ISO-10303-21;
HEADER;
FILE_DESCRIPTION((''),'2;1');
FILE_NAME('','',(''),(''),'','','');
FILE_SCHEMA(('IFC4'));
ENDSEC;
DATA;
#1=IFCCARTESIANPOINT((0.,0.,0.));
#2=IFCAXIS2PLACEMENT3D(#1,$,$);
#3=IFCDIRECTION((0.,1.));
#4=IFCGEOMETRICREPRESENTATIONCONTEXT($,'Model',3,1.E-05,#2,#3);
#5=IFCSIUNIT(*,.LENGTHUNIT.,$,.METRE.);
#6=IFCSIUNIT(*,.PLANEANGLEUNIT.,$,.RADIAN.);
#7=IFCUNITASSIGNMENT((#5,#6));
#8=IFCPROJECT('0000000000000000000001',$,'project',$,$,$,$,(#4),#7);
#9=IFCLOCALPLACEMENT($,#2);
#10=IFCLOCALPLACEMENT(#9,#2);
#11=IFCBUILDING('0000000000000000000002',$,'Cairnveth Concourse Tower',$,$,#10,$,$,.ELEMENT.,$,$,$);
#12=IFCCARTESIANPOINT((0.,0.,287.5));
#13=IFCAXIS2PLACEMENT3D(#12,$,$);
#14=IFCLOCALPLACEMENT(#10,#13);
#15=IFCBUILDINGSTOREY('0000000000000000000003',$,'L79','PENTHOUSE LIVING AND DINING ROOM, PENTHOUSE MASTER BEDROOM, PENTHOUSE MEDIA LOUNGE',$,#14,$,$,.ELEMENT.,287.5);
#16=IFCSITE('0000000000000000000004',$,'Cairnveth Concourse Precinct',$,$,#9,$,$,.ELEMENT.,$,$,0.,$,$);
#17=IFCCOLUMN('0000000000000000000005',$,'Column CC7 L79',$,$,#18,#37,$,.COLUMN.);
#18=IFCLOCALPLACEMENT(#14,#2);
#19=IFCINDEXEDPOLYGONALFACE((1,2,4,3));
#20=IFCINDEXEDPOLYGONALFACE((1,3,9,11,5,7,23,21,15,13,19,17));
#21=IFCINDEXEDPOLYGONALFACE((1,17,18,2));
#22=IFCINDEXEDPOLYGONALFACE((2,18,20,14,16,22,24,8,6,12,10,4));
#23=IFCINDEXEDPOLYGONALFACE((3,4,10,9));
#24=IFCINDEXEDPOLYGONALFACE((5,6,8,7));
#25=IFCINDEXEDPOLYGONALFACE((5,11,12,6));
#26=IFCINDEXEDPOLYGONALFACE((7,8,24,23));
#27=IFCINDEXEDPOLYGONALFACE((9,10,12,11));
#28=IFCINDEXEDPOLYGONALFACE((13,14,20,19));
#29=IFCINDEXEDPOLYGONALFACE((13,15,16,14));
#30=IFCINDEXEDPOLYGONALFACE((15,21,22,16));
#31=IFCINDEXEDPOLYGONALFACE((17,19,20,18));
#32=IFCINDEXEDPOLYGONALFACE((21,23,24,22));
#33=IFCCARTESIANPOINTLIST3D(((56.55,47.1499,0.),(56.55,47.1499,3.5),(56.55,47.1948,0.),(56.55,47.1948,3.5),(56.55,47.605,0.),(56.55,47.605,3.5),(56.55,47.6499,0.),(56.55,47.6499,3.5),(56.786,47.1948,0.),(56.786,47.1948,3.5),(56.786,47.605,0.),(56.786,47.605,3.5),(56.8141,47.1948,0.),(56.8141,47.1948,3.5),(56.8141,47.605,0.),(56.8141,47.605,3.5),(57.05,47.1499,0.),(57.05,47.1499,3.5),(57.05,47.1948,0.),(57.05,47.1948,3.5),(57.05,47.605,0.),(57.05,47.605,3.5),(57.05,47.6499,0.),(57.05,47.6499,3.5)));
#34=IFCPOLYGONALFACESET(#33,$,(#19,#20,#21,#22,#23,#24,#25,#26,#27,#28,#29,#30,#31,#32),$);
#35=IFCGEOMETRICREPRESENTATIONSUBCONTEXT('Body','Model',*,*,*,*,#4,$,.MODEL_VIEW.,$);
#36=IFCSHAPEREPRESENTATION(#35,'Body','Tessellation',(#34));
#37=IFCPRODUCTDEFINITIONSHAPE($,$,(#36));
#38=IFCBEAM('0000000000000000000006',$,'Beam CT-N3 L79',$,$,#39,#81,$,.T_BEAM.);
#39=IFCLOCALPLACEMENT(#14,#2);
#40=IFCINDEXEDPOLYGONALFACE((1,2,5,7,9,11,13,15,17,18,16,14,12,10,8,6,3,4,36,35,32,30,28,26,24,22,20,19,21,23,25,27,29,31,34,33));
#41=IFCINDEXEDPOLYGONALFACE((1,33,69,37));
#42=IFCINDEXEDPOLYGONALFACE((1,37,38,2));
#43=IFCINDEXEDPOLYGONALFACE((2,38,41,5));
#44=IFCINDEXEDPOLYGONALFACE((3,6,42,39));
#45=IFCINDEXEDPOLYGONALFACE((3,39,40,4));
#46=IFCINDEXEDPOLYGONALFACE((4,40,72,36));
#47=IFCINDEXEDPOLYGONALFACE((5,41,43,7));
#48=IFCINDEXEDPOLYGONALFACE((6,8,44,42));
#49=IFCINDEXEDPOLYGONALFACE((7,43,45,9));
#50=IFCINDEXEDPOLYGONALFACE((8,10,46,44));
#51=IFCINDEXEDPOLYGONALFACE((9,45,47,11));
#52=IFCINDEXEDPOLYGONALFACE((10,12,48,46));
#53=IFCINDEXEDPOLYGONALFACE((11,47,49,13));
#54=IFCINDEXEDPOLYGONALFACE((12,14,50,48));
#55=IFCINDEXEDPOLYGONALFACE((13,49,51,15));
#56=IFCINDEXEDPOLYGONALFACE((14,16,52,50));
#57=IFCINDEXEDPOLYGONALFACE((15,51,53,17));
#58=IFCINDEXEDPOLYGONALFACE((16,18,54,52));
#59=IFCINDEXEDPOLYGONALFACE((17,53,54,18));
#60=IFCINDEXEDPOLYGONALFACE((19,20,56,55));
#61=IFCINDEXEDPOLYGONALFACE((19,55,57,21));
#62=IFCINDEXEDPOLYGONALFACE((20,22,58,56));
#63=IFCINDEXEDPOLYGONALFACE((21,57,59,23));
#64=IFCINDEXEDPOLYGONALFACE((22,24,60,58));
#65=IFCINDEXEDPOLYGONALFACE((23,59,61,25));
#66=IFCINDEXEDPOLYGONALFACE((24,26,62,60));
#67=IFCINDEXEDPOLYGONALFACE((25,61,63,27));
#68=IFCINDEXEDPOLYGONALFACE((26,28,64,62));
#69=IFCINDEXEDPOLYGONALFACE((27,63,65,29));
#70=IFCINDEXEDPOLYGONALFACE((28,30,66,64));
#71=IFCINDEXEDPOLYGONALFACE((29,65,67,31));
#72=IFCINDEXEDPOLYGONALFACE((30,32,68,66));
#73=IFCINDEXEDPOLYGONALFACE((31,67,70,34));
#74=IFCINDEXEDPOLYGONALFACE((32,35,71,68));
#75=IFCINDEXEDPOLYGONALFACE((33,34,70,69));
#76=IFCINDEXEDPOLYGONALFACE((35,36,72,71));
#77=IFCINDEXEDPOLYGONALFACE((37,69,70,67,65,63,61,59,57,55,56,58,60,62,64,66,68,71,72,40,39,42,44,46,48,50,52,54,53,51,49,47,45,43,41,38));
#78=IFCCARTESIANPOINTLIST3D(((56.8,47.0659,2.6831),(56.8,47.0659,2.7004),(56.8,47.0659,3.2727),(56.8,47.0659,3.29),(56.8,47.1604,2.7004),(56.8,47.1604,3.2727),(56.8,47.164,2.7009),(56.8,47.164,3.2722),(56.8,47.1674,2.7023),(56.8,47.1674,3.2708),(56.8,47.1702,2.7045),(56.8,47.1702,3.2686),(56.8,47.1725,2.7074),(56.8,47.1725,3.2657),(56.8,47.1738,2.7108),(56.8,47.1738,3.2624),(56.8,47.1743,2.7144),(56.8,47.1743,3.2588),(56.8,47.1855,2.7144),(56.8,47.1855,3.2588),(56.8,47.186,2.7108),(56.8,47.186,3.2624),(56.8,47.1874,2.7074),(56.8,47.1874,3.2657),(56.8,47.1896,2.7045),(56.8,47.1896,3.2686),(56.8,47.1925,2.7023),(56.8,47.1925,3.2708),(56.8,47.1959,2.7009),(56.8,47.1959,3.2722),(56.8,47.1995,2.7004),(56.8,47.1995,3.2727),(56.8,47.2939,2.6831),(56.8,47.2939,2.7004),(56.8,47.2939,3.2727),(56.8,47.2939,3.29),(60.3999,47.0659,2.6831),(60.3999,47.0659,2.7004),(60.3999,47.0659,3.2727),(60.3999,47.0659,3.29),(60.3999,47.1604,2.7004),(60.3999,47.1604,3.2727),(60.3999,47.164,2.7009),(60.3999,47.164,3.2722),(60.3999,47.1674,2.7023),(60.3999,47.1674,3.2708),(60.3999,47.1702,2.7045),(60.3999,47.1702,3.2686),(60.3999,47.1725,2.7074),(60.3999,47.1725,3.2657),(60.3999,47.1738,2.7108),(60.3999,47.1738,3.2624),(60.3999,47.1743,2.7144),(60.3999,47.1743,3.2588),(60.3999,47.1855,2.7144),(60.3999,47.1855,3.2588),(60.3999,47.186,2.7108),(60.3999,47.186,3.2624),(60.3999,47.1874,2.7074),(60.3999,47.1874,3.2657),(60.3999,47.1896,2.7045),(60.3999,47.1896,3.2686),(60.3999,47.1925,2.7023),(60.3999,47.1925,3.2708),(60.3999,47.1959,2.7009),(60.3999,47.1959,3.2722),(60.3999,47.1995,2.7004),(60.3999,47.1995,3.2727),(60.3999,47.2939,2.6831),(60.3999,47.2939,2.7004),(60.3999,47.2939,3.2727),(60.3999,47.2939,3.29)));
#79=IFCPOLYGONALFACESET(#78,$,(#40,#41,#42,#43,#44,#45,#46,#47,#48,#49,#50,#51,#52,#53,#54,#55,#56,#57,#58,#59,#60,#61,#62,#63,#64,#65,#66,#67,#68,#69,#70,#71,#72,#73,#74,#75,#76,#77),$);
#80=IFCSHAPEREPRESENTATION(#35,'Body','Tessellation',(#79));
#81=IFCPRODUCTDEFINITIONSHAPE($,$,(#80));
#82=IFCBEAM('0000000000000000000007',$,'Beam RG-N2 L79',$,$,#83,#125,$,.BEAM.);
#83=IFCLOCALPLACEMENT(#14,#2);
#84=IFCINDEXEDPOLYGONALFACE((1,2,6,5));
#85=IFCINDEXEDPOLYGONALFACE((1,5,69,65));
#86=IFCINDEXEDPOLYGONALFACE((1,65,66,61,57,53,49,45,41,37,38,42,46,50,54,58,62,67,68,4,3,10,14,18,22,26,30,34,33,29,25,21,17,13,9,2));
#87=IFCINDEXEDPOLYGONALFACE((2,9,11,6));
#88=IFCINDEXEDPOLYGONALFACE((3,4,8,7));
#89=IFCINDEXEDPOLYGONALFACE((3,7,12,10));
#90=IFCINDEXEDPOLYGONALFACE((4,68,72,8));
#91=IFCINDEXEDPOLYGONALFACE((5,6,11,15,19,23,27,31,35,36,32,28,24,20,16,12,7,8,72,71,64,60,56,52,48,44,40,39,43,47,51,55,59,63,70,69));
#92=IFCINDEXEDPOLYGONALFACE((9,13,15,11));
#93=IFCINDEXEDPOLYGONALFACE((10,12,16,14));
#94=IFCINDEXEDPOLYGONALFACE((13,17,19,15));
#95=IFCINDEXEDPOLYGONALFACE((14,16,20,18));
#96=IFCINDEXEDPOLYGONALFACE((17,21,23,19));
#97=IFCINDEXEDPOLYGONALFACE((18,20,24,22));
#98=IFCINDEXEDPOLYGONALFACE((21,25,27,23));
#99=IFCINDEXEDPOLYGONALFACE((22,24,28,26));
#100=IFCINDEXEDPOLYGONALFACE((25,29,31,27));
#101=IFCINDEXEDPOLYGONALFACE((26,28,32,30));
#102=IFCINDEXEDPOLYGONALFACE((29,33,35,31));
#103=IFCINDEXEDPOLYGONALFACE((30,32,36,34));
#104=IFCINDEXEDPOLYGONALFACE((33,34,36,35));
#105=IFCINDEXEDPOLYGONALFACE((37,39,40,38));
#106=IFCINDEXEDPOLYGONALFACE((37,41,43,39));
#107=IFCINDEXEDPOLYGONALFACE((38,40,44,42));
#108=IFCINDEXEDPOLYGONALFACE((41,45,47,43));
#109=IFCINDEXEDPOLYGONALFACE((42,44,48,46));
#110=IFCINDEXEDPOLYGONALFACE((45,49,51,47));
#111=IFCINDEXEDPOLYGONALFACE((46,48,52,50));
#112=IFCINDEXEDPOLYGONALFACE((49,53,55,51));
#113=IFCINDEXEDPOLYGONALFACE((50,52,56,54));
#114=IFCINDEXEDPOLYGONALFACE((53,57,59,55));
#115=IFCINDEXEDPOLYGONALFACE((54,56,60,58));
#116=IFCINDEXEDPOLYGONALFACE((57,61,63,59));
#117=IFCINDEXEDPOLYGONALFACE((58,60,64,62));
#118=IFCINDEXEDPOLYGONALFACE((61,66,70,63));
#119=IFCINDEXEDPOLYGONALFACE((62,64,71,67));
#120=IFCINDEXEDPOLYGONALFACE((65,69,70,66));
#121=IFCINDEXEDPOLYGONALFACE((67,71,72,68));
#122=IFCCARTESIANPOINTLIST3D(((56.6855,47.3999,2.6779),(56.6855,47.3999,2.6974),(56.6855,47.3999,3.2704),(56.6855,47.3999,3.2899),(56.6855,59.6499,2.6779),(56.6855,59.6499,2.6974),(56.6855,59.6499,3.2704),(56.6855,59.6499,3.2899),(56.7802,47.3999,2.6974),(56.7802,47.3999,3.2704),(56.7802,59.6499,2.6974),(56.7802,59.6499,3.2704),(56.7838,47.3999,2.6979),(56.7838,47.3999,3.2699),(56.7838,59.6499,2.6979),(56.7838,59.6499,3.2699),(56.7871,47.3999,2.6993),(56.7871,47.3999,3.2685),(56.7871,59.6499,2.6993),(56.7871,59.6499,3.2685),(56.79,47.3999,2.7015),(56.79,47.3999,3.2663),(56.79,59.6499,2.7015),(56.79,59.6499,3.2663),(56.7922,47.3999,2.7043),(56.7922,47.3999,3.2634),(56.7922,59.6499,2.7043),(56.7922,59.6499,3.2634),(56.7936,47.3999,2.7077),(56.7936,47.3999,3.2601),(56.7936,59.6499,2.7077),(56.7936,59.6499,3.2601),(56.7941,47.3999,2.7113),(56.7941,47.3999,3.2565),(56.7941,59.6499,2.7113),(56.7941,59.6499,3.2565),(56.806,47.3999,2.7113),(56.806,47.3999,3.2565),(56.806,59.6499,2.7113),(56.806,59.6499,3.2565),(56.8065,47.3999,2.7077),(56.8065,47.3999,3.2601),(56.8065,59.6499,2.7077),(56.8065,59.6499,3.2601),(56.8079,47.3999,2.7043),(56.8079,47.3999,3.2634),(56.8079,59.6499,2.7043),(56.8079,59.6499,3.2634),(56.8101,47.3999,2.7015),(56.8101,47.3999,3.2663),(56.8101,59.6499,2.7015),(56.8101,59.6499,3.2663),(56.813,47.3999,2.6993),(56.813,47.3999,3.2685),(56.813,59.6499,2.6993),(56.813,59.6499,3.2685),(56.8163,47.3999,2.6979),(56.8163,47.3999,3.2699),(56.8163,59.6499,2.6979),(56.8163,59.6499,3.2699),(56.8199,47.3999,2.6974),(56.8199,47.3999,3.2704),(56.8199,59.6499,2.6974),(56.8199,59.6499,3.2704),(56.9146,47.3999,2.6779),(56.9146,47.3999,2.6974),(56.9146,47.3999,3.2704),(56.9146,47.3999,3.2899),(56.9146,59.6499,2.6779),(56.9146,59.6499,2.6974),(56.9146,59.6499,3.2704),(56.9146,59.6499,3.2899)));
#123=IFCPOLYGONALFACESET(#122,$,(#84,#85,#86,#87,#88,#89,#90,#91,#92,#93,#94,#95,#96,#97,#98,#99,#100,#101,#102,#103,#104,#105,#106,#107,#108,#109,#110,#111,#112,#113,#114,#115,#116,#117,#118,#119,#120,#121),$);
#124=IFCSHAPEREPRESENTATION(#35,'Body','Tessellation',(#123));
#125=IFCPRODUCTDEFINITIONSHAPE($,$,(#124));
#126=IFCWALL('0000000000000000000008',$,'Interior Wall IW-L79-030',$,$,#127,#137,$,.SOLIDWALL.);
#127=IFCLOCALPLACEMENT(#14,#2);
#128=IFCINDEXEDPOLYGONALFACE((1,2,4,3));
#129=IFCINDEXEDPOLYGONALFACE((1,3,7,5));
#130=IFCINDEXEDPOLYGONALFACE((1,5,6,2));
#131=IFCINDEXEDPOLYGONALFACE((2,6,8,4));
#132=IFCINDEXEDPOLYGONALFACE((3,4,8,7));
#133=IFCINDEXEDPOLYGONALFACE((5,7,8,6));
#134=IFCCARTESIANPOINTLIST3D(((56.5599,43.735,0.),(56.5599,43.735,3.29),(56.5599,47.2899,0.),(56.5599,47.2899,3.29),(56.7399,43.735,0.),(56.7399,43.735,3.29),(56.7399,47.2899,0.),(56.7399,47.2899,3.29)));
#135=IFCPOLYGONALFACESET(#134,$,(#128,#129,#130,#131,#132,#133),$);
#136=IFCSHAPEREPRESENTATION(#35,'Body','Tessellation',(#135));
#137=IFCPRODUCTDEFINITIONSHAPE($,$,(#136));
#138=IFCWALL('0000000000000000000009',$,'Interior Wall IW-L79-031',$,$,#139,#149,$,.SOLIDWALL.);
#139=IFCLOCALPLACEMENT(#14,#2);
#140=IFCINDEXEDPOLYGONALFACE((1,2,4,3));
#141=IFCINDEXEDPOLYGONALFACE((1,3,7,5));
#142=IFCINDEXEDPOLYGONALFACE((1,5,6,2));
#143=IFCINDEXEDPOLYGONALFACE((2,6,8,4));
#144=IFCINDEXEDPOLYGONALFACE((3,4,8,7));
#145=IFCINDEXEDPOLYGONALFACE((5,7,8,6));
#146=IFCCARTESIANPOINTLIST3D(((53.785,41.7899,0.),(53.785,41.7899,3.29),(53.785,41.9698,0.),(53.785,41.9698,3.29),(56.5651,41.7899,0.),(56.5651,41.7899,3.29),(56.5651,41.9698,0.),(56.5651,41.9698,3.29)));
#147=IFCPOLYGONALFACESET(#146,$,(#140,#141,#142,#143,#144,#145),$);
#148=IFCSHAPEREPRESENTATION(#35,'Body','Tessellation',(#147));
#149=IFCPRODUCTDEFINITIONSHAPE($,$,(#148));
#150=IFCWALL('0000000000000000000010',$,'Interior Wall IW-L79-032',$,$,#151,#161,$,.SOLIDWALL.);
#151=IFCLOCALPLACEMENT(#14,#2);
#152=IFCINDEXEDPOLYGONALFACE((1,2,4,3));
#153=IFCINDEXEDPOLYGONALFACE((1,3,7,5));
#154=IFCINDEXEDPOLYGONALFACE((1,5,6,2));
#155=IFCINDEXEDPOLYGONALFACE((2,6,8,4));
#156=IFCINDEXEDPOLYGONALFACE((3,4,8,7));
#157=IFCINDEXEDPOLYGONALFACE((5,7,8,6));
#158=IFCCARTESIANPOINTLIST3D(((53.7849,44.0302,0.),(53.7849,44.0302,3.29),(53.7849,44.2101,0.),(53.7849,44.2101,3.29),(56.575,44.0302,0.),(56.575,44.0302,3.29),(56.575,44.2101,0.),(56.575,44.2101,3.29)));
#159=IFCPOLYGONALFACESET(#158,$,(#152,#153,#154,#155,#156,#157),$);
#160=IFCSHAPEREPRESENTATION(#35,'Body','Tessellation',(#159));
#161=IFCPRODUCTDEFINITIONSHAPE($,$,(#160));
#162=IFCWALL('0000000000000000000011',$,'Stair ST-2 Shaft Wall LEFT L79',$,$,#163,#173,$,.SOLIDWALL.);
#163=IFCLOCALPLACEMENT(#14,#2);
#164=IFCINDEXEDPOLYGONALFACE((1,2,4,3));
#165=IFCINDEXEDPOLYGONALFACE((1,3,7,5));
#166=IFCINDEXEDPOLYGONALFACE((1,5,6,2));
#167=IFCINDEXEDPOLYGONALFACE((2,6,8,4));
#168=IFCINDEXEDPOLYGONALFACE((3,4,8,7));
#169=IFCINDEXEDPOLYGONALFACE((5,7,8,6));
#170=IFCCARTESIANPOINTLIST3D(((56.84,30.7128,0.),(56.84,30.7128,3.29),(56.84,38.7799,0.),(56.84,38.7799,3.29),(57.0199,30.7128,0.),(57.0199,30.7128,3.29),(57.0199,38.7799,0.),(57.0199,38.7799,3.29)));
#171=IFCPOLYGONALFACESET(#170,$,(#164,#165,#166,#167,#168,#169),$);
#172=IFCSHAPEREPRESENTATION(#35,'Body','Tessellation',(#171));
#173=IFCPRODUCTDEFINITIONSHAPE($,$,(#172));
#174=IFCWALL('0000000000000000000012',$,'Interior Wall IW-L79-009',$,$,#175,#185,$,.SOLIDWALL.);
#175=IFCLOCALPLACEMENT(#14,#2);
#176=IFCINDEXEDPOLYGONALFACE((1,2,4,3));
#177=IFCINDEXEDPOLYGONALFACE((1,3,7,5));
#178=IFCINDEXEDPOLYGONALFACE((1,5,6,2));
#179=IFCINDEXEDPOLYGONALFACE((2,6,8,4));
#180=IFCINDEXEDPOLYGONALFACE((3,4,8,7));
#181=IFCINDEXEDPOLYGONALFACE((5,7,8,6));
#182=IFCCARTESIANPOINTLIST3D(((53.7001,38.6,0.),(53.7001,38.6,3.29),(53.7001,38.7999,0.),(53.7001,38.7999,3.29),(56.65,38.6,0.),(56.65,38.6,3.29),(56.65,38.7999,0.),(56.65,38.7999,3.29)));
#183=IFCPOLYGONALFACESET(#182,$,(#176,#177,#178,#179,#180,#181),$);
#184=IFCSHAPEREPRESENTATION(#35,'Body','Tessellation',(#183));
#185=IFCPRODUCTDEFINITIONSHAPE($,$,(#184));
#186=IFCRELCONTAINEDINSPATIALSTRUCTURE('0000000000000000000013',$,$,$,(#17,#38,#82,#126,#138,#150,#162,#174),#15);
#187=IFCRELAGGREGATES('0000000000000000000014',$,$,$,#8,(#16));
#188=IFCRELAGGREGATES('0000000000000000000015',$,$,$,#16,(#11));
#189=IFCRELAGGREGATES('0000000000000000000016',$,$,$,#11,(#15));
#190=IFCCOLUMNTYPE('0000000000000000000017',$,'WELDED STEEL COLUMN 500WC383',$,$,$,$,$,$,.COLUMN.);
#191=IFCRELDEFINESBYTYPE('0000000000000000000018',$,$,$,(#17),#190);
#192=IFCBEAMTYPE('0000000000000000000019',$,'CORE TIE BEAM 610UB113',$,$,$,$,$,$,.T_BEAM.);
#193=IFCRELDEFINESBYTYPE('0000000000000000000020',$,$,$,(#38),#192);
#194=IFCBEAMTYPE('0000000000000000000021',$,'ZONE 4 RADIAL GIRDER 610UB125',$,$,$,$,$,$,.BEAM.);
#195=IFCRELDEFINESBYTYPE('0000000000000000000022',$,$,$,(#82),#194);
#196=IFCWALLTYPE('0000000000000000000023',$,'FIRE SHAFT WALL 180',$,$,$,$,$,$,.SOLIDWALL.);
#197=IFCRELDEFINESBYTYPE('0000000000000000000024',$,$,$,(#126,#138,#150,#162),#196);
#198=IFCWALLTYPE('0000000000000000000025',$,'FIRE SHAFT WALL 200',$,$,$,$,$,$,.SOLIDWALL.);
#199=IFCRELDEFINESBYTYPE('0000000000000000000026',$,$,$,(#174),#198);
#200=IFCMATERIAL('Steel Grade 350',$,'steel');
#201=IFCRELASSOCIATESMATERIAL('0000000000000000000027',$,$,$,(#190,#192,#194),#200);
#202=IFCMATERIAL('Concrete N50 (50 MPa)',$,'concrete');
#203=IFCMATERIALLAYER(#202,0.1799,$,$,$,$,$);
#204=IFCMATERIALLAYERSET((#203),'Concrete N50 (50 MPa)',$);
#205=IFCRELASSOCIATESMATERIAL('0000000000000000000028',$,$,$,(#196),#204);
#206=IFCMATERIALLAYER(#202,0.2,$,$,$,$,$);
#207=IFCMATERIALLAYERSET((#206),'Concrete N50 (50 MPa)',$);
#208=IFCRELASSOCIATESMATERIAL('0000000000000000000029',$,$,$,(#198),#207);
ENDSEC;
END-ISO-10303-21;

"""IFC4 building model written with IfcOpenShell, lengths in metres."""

from ifc_helpers import new_model, si_unit, direction, frame, frame_2d, origin, origin_2d, place, context, subcontext, project, spatial, rectangle, i_section, extrude, material, layer, layer_set, material_profile, profile_set, type_object, element, save


model = new_model("IFC4")

# Units and contexts
model_context = context("Model", 3, precision=1e-05, world=origin(), true_north=direction((0.0, 1.0)))
body_context = subcontext(model_context, "Body", "Model", "MODEL_VIEW")
ifc_project = project(units=[si_unit("LENGTHUNIT", "METRE"), si_unit("PLANEANGLEUNIT", "RADIAN")], contexts=[model_context])

# Site, building, storey
site_placement = place(None, origin())
site = spatial("IfcSite", under=ifc_project, at=site_placement, Name="Cairnveth Concourse Precinct", CompositionType="ELEMENT", RefElevation=0.0)
building_placement = place(site_placement, origin())
building = spatial("IfcBuilding", under=site, at=building_placement, Name="Cairnveth Concourse Tower", CompositionType="ELEMENT")
storey_placement = place(building_placement, frame((0.0, 0.0, 287.5)))
storey = spatial("IfcBuildingStorey", under=building, at=storey_placement, Name="L79", Description="PENTHOUSE LIVING AND DINING ROOM, PENTHOUSE MASTER BEDROOM, PENTHOUSE MEDIA LOUNGE", CompositionType="ELEMENT", Elevation=287.5)

# Column
ifc_material_1 = material(Name="Steel Grade 350", Category="steel")
ifc_material_profile_1 = material_profile(ifc_material_1, i_section(OverallWidth=0.5, OverallDepth=0.5, WebThickness=0.0281, FlangeThickness=0.0449, at=origin_2d()), Name="500WC383")
ifc_profile_set_1 = profile_set([ifc_material_profile_1], Name="Steel Grade 350")
column_type = type_object("IfcColumnType", Name="WELDED STEEL COLUMN 500WC383", PredefinedType="COLUMN", material=ifc_profile_set_1)
column_placement = place(storey_placement, frame((56.8, 47.3999, 0.0), z_axis=(0.0, 0.0, 1.0), x_axis=(1.0, 0.0, 0.0)))
element("IfcColumn", 1, at=column_placement, inside=storey, type_object=column_type, Name="Column CC7 L79", PredefinedType="COLUMN", context=body_context, shape_type="SweptSolid", body=[
    extrude(i_section(OverallWidth=0.5, OverallDepth=0.5, WebThickness=0.0281, FlangeThickness=0.0449, at=origin_2d()), origin(), (0.0, 0.0, 1.0), 3.5),
])

# Beams
ifc_material_profile_2 = material_profile(ifc_material_1, i_section(OverallWidth=0.228, OverallDepth=0.6069, WebThickness=0.0112, FlangeThickness=0.0173, FilletRadius=0.0139, at=origin_2d()), Name="610UB113")
ifc_profile_set_2 = profile_set([ifc_material_profile_2], Name="Steel Grade 350")
beam_type_1 = type_object("IfcBeamType", Name="CORE TIE BEAM 610UB113", PredefinedType="T_BEAM", material=ifc_profile_set_2)
beam_1_placement = place(storey_placement, frame((56.8, 47.1799, 2.9866), z_axis=(1.0, 0.0, 0.0), x_axis=(0.0, 1.0, 0.0)))
element("IfcBeam", 2, at=beam_1_placement, inside=storey, type_object=beam_type_1, Name="Beam CT-N3 L79", PredefinedType="T_BEAM", context=body_context, shape_type="SweptSolid", body=[
    extrude(i_section(OverallWidth=0.228, OverallDepth=0.6069, WebThickness=0.0112, FlangeThickness=0.0173, FilletRadius=0.0139, at=origin_2d()), origin(), (0.0, 0.0, 1.0), 3.5999),
])
ifc_material_profile_3 = material_profile(ifc_material_1, i_section(OverallWidth=0.229, OverallDepth=0.6121, WebThickness=0.012, FlangeThickness=0.0195, FilletRadius=0.0139, at=origin_2d()), Name="610UB125")
ifc_profile_set_3 = profile_set([ifc_material_profile_3], Name="Steel Grade 350")
beam_type_2 = type_object("IfcBeamType", Name="ZONE 4 RADIAL GIRDER 610UB125", PredefinedType="BEAM", material=ifc_profile_set_3)
beam_2_placement = place(storey_placement, frame((56.8, 47.3999, 2.9839), z_axis=(0.0, 1.0, 0.0), x_axis=(-1.0, 0.0, 0.0)))
element("IfcBeam", 3, at=beam_2_placement, inside=storey, type_object=beam_type_2, Name="Beam RG-N2 L79", PredefinedType="BEAM", context=body_context, shape_type="SweptSolid", body=[
    extrude(i_section(OverallWidth=0.229, OverallDepth=0.6121, WebThickness=0.012, FlangeThickness=0.0195, FilletRadius=0.0139, at=origin_2d()), origin(), (0.0, 0.0, 1.0), 12.25),
])

# Walls
ifc_material_2 = material(Name="Concrete N50 (50 MPa)", Category="concrete")
ifc_layer_1 = layer(ifc_material_2, 0.1799)
ifc_layer_set_1 = layer_set([ifc_layer_1], Name="Concrete N50 (50 MPa)")
wall_type_1 = type_object("IfcWallType", Name="FIRE SHAFT WALL 180", PredefinedType="SOLIDWALL", material=ifc_layer_set_1)
wall_1_placement = place(storey_placement, frame((56.6499, 43.7351, 0.0), z_axis=(0.0, 0.0, 1.0), x_axis=(0.0, 1.0, 0.0)))
element("IfcWall", 4, at=wall_1_placement, inside=storey, type_object=wall_type_1, Name="Interior Wall IW-L79-030", PredefinedType="SOLIDWALL", context=body_context, shape_type="SweptSolid", body=[
    extrude(rectangle(XDim=3.5549, YDim=0.1799, at=frame_2d((1.7773, 0.0))), origin(), (0.0, 0.0, 1.0), 3.29),
])
wall_2_placement = place(storey_placement, frame((53.7849, 41.8799, 0.0), z_axis=(0.0, 0.0, 1.0), x_axis=(1.0, 0.0, 0.0)))
element("IfcWall", 5, at=wall_2_placement, inside=storey, type_object=wall_type_1, Name="Interior Wall IW-L79-031", PredefinedType="SOLIDWALL", context=body_context, shape_type="SweptSolid", body=[
    extrude(rectangle(XDim=2.78, YDim=0.1799, at=frame_2d((1.3901, 0.0))), origin(), (0.0, 0.0, 1.0), 3.29),
])
wall_3_placement = place(storey_placement, frame((53.7849, 44.1201, 0.0), z_axis=(0.0, 0.0, 1.0), x_axis=(1.0, 0.0, 0.0)))
element("IfcWall", 6, at=wall_3_placement, inside=storey, type_object=wall_type_1, Name="Interior Wall IW-L79-032", PredefinedType="SOLIDWALL", context=body_context, shape_type="SweptSolid", body=[
    extrude(rectangle(XDim=2.79, YDim=0.1799, at=frame_2d((1.395, 0.0))), origin(), (0.0, 0.0, 1.0), 3.29),
])

# Walls
wall_4_placement = place(storey_placement, frame((56.9299, 38.78, 0.0), z_axis=(0.0, 0.0, 1.0), x_axis=(0.0, -1.0, 0.0)))
element("IfcWall", 7, at=wall_4_placement, inside=storey, type_object=wall_type_1, Name="Stair ST-2 Shaft Wall LEFT L79", PredefinedType="SOLIDWALL", context=body_context, shape_type="SweptSolid", body=[
    extrude(rectangle(XDim=8.0671, YDim=0.1799, at=frame_2d((4.0337, 0.0))), origin(), (0.0, 0.0, 1.0), 3.29),
])
ifc_layer_2 = layer(ifc_material_2, 0.2)
ifc_layer_set_2 = layer_set([ifc_layer_2], Name="Concrete N50 (50 MPa)")
wall_type_2 = type_object("IfcWallType", Name="FIRE SHAFT WALL 200", PredefinedType="SOLIDWALL", material=ifc_layer_set_2)
for number, where, z_axis, x_axis, name in (
    (8, (53.7, 38.7, 0.0), (0.0, 0.0, 1.0), (1.0, 0.0, 0.0), "Interior Wall IW-L79-009"),
):
    element("IfcWall", number, at=place(storey_placement, frame(where, z_axis=z_axis, x_axis=x_axis)), inside=storey, type_object=wall_type_2, Name=name, PredefinedType="SOLIDWALL", context=body_context, shape_type="SweptSolid", body=[
        extrude(rectangle(XDim=2.95, YDim=0.2, at=frame_2d((1.4751, 0.0))), origin(), (0.0, 0.0, 1.0), 3.29),
    ])

save(model, "model.ifc")
